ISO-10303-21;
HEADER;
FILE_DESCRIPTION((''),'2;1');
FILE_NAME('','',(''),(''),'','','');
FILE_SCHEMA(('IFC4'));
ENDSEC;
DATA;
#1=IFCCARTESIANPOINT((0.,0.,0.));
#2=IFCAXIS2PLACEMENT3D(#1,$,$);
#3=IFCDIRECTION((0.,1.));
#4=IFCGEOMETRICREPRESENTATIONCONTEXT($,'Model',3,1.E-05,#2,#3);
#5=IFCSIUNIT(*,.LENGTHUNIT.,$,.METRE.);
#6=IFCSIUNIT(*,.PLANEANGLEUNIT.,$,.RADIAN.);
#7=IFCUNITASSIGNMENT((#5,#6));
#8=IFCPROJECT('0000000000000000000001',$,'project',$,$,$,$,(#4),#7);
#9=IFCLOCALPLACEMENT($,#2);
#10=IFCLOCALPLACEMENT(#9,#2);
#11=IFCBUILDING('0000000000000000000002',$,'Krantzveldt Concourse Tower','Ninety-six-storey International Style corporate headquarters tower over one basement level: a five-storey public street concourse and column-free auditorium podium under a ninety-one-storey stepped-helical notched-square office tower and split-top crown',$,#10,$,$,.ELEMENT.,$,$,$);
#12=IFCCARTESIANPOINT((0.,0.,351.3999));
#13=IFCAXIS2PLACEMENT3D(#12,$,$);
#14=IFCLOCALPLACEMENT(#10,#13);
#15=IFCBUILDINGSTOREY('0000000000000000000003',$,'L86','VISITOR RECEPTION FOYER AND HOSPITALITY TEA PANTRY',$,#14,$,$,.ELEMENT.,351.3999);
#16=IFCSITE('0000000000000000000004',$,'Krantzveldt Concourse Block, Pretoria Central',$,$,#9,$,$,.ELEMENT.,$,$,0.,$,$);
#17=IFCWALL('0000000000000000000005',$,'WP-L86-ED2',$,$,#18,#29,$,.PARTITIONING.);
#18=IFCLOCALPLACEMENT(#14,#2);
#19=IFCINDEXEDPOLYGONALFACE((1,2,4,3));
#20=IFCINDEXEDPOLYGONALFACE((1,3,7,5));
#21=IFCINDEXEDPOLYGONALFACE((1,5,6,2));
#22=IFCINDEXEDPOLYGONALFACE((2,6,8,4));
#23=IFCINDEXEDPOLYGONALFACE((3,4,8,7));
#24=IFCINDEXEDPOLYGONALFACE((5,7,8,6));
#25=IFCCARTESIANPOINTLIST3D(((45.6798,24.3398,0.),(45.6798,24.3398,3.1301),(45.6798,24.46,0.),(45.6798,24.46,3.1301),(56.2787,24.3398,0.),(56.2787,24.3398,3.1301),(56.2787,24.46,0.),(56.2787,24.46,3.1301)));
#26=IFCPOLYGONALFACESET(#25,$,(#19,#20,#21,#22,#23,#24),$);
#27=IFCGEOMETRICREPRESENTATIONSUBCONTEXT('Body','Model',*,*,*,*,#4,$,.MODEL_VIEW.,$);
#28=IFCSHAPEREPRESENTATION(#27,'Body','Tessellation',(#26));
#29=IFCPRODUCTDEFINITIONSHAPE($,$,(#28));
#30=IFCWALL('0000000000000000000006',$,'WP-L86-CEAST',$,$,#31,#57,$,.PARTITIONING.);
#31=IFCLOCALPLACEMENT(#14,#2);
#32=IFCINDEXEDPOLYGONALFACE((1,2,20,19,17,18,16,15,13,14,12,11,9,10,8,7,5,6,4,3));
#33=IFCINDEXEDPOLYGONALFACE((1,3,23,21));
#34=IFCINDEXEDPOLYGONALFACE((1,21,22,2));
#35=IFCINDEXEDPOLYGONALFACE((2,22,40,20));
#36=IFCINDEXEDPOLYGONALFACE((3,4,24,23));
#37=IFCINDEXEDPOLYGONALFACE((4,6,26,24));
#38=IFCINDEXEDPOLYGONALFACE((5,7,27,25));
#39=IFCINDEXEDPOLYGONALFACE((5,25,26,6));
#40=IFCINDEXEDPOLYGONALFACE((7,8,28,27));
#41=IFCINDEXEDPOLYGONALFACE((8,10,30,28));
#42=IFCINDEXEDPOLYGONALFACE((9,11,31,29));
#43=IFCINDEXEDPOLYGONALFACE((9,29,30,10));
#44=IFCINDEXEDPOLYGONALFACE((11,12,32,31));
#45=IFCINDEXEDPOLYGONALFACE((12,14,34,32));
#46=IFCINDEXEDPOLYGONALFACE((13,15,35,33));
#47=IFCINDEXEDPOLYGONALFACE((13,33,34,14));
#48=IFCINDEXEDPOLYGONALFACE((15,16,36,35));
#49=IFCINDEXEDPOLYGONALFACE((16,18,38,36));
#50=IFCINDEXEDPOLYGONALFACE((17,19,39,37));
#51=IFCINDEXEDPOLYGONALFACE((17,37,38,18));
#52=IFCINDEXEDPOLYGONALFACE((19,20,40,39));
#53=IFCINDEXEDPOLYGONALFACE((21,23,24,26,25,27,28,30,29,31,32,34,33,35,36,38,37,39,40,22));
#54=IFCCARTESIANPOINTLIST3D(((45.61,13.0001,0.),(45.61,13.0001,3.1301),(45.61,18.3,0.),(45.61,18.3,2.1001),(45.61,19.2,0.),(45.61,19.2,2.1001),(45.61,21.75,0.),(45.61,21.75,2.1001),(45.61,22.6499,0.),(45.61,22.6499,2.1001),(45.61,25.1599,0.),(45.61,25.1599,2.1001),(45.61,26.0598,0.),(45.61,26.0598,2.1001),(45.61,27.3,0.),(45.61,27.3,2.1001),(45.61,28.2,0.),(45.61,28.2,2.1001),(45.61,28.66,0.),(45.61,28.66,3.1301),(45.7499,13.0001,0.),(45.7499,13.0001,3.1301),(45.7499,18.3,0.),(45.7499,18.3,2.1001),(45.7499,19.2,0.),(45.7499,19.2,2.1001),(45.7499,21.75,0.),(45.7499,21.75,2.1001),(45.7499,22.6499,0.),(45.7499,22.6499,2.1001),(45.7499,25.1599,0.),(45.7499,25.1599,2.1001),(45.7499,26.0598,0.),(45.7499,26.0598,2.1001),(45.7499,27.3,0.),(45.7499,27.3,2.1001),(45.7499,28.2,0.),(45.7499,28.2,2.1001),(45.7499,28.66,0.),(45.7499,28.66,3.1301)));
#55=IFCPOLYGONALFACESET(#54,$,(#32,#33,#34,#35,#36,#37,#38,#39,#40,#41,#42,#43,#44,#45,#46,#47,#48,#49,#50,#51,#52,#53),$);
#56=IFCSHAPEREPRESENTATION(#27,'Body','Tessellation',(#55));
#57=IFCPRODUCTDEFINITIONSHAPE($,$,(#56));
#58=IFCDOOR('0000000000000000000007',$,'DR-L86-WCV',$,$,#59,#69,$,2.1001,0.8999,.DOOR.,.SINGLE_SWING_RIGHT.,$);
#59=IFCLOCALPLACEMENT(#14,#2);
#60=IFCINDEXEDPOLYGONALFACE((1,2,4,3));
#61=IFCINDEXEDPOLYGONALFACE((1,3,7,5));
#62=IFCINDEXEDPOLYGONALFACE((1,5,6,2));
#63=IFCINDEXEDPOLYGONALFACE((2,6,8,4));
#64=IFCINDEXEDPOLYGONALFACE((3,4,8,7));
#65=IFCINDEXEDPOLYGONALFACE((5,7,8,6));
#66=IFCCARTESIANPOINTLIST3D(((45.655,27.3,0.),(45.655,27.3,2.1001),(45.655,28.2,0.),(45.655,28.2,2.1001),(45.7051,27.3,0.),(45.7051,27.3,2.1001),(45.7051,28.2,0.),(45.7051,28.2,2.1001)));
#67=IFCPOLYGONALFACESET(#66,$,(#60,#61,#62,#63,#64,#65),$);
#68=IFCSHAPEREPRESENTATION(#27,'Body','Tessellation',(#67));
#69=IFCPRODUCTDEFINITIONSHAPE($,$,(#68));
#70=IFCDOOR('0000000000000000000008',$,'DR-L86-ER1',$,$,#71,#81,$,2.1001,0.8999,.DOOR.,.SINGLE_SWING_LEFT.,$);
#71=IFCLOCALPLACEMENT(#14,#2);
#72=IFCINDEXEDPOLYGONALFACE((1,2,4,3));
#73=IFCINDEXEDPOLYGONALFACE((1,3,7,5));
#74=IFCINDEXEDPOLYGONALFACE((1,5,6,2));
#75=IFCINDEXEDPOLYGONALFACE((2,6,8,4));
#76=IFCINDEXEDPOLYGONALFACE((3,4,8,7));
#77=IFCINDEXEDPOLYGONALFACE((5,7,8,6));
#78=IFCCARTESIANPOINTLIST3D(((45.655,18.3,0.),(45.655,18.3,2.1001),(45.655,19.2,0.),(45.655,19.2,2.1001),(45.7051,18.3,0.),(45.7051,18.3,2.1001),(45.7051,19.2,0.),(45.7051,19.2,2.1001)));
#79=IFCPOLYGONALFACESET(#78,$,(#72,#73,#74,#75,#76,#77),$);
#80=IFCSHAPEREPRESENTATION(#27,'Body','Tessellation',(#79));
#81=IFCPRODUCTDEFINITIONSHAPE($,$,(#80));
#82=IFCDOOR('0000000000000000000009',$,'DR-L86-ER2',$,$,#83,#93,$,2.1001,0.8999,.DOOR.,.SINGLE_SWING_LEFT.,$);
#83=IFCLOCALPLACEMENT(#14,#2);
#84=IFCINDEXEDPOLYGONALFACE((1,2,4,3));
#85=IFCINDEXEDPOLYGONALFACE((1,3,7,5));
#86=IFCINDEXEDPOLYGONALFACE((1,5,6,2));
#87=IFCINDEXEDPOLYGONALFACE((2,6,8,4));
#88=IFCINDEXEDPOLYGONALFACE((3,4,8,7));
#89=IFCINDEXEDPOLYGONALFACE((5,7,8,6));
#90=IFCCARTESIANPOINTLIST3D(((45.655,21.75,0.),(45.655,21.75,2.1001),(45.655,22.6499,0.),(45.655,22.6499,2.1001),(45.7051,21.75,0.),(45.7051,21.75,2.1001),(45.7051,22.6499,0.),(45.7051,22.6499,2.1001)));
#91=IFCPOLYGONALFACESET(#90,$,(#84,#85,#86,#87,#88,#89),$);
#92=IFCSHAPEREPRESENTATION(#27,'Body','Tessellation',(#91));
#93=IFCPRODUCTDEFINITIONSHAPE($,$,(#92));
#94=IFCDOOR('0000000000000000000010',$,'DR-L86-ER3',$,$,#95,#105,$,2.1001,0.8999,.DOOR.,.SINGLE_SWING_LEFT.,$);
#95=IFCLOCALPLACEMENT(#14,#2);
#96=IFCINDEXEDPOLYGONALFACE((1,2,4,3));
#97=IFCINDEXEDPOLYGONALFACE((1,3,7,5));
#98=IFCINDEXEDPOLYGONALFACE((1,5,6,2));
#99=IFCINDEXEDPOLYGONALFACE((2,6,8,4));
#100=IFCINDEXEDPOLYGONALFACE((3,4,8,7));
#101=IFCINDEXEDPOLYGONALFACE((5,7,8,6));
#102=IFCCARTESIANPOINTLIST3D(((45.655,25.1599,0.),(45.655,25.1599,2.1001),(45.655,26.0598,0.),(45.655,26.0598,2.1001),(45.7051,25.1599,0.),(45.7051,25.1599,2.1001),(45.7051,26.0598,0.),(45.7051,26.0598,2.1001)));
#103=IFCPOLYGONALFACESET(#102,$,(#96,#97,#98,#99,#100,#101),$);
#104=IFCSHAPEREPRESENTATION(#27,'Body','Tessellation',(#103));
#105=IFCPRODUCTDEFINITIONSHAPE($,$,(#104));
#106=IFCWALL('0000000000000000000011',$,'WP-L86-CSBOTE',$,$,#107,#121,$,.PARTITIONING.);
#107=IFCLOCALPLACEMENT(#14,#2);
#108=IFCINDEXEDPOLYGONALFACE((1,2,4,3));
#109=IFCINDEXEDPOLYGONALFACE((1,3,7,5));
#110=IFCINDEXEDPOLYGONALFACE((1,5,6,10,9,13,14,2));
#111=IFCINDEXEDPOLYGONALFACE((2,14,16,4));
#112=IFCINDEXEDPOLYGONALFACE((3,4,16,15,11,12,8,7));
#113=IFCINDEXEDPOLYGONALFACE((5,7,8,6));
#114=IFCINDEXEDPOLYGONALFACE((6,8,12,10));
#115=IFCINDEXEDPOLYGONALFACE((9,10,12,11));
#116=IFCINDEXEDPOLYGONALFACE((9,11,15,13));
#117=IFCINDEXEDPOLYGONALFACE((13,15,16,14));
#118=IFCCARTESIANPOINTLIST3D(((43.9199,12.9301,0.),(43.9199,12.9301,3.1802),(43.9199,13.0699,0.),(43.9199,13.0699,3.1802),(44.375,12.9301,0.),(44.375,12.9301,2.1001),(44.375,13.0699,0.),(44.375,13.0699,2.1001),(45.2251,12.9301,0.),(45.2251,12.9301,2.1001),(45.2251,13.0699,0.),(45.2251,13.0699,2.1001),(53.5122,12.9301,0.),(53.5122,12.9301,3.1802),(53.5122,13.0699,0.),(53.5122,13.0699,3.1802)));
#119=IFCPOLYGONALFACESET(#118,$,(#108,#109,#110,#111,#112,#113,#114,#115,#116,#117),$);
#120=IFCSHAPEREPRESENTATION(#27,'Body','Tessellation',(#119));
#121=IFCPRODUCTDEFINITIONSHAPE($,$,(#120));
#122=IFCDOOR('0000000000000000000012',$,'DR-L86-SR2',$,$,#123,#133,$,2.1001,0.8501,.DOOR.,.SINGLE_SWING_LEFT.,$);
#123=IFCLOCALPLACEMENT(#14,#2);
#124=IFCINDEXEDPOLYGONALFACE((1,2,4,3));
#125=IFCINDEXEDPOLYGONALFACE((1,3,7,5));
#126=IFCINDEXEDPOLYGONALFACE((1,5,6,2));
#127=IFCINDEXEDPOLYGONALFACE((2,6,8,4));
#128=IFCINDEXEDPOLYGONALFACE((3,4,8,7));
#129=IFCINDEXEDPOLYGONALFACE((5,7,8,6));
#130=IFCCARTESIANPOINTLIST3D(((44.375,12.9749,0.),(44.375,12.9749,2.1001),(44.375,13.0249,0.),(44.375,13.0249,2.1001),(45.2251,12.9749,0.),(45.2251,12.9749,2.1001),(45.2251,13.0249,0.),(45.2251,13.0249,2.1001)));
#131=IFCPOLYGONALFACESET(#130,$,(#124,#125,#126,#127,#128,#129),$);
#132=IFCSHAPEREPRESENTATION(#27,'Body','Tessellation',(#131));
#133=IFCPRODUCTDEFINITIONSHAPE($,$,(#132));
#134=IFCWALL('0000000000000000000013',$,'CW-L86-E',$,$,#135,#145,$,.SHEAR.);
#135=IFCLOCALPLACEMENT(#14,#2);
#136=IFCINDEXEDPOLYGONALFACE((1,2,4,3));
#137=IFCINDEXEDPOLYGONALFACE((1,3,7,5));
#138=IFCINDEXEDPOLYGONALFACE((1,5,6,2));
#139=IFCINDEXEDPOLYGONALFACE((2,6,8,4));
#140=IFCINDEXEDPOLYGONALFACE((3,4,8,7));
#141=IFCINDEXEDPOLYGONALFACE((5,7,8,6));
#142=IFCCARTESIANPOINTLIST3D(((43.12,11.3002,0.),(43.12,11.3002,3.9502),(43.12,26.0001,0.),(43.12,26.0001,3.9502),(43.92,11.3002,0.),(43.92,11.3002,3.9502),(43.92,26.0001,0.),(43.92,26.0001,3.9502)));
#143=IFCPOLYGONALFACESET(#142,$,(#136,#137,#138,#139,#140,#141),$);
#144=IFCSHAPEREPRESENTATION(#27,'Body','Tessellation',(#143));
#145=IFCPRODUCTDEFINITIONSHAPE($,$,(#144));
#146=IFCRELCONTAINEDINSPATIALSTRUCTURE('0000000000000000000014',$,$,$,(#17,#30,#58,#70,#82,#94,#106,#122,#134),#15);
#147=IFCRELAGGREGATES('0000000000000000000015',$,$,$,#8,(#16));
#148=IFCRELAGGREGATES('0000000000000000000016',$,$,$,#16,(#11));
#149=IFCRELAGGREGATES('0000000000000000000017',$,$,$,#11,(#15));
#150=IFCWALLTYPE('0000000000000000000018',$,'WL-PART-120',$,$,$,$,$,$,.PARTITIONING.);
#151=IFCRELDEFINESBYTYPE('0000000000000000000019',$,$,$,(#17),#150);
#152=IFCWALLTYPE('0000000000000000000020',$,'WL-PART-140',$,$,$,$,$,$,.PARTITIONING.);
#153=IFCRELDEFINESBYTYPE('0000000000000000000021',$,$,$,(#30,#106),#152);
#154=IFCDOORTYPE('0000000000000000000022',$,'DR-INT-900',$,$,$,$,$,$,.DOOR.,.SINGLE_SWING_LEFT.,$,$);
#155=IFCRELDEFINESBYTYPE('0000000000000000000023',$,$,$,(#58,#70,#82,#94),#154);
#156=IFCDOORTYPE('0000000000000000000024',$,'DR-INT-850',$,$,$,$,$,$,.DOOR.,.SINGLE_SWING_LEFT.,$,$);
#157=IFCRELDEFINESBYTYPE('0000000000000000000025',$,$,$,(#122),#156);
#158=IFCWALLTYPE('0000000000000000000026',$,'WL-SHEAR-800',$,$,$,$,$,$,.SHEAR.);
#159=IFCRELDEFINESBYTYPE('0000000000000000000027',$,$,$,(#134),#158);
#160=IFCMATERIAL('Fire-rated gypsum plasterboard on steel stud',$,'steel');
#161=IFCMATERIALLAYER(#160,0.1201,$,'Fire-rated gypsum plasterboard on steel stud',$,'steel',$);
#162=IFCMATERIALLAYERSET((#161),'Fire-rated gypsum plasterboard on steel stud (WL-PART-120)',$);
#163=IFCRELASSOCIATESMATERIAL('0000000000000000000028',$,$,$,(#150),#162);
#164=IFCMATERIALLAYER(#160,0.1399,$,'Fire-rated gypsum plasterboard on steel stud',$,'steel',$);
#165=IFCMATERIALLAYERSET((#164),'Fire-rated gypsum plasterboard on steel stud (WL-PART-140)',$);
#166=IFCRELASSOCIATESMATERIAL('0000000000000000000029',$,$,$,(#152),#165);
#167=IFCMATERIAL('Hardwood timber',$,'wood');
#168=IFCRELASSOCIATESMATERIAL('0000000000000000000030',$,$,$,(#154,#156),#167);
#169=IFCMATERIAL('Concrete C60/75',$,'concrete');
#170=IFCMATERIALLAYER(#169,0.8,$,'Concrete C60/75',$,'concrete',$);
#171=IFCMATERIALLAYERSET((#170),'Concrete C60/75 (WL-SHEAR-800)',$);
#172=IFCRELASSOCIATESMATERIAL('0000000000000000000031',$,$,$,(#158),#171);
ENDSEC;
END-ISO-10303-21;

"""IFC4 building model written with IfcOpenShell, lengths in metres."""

from ifc_helpers import new_model, si_unit, direction, frame, frame_2d, origin, place, context, subcontext, project, spatial, rectangle, extrude, material, layer, layer_set, type_object, element, fill, save


model = new_model("IFC4")

# Units and contexts
model_context = context("Model", 3, precision=1e-05, world=origin(), true_north=direction((0.0, 1.0)))
body_context = subcontext(model_context, "Body", "Model", "MODEL_VIEW")
ifc_project = project(units=[si_unit("LENGTHUNIT", "METRE"), si_unit("PLANEANGLEUNIT", "RADIAN")], contexts=[model_context])

# Site, building, storey
site_placement = place(None, origin())
site = spatial("IfcSite", under=ifc_project, at=site_placement, Name="Krantzveldt Concourse Block, Pretoria Central", CompositionType="ELEMENT", RefElevation=0.0)
building_placement = place(site_placement, origin())
building = spatial("IfcBuilding", under=site, at=building_placement, Name="Krantzveldt Concourse Tower", Description="Ninety-six-storey International Style corporate headquarters tower over one basement level: a five-storey public street concourse and column-free auditorium podium under a ninety-one-storey stepped-helical notched-square office tower and split-top crown", CompositionType="ELEMENT")
storey_placement = place(building_placement, frame((0.0, 0.0, 351.3999)))
storey = spatial("IfcBuildingStorey", under=building, at=storey_placement, Name="L86", Description="VISITOR RECEPTION FOYER AND HOSPITALITY TEA PANTRY", CompositionType="ELEMENT", Elevation=351.3999)

# Wall
ifc_material_1 = material(Name="Fire-rated gypsum plasterboard on steel stud", Category="steel")
ifc_layer_1 = layer(ifc_material_1, 0.1201, Name="Fire-rated gypsum plasterboard on steel stud", Category="steel")
ifc_layer_set_1 = layer_set([ifc_layer_1], Name="Fire-rated gypsum plasterboard on steel stud (WL-PART-120)")
wall_type_1 = type_object("IfcWallType", Name="WL-PART-120", PredefinedType="PARTITIONING", material=ifc_layer_set_1)
wall_1_placement = place(storey_placement, frame((45.6799, 24.3999, 0.0), z_axis=(0.0, 0.0, 1.0), x_axis=(1.0, 0.0, 0.0)))
element("IfcWall", 1, at=wall_1_placement, inside=storey, type_object=wall_type_1, Name="WP-L86-ED2", PredefinedType="PARTITIONING", context=body_context, shape_type="SweptSolid", body=[
    extrude(rectangle(XDim=10.5989, YDim=0.1201, at=frame_2d((5.2993, 0.0))), origin(), (0.0, 0.0, 1.0), 3.1301),
])

# Wall, openings, doors
ifc_layer_2 = layer(ifc_material_1, 0.1399, Name="Fire-rated gypsum plasterboard on steel stud", Category="steel")
ifc_layer_set_2 = layer_set([ifc_layer_2], Name="Fire-rated gypsum plasterboard on steel stud (WL-PART-140)")
wall_type_2 = type_object("IfcWallType", Name="WL-PART-140", PredefinedType="PARTITIONING", material=ifc_layer_set_2)
wall_2_placement = place(storey_placement, frame((45.6799, 13.0, 0.0), z_axis=(0.0, 0.0, 1.0), x_axis=(0.0, 1.0, 0.0)))
wall_2 = element("IfcWall", 2, at=wall_2_placement, inside=storey, type_object=wall_type_2, Name="WP-L86-CEAST", PredefinedType="PARTITIONING", context=body_context, shape_type="SweptSolid", body=[
    extrude(rectangle(XDim=15.6599, YDim=0.1399, at=frame_2d((7.8301, 0.0))), origin(), (0.0, 0.0, 1.0), 3.1301),
])
opening_1_placement = place(wall_2_placement, frame((14.3, 0.0, 0.0)))
opening_1 = element("IfcOpeningElement", 3, at=opening_1_placement, cuts=wall_2, PredefinedType="OPENING", context=body_context, shape_type="SweptSolid", body=[
    extrude(rectangle(XDim=0.8999, YDim=2.1001, at=frame_2d((0.45, 1.05))), frame((0.0, 0.0801, 0.0), z_axis=(0.0, -1.0, 0.0), x_axis=(1.0, 0.0, 0.0)), (0.0, 0.0, 1.0), 0.1599),
])
opening_2_placement = place(wall_2_placement, frame((5.3, 0.0, 0.0)))
opening_2 = element("IfcOpeningElement", 4, at=opening_2_placement, cuts=wall_2, PredefinedType="OPENING", context=body_context, shape_type="SweptSolid", body=[
    extrude(rectangle(XDim=0.8999, YDim=2.1001, at=frame_2d((0.45, 1.05))), frame((0.0, 0.0801, 0.0), z_axis=(0.0, -1.0, 0.0), x_axis=(1.0, 0.0, 0.0)), (0.0, 0.0, 1.0), 0.1599),
])
opening_3_placement = place(wall_2_placement, frame((8.75, 0.0, 0.0)))
opening_3 = element("IfcOpeningElement", 5, at=opening_3_placement, cuts=wall_2, PredefinedType="OPENING", context=body_context, shape_type="SweptSolid", body=[
    extrude(rectangle(XDim=0.8999, YDim=2.1001, at=frame_2d((0.45, 1.05))), frame((0.0, 0.0801, 0.0), z_axis=(0.0, -1.0, 0.0), x_axis=(1.0, 0.0, 0.0)), (0.0, 0.0, 1.0), 0.1599),
])
opening_4_placement = place(wall_2_placement, frame((12.1599, 0.0, 0.0)))
opening_4 = element("IfcOpeningElement", 6, at=opening_4_placement, cuts=wall_2, PredefinedType="OPENING", context=body_context, shape_type="SweptSolid", body=[
    extrude(rectangle(XDim=0.8999, YDim=2.1001, at=frame_2d((0.45, 1.05))), frame((0.0, 0.0801, 0.0), z_axis=(0.0, -1.0, 0.0), x_axis=(1.0, 0.0, 0.0)), (0.0, 0.0, 1.0), 0.1599),
])
ifc_material_2 = material(Name="Hardwood timber", Category="wood")
door_type_1 = type_object("IfcDoorType", Name="DR-INT-900", OperationType="SINGLE_SWING_LEFT", PredefinedType="DOOR", material=ifc_material_2)
door_1_placement = place(opening_1_placement, origin())
door_1 = element("IfcDoor", 7, at=door_1_placement, inside=storey, type_object=door_type_1, Name="DR-L86-WCV", OperationType="SINGLE_SWING_RIGHT", OverallHeight=2.1001, OverallWidth=0.8999, PredefinedType="DOOR", context=body_context, shape_type="SweptSolid", body=[
    extrude(rectangle(XDim=0.8999, YDim=2.1001, at=frame_2d((0.45, 1.05))), frame((0.0, 0.0249, 0.0), z_axis=(0.0, -1.0, 0.0), x_axis=(1.0, 0.0, 0.0)), (0.0, 0.0, 1.0), 0.05),
])
fill(opening_1, door_1)
door_2_placement = place(opening_2_placement, origin())
door_2 = element("IfcDoor", 8, at=door_2_placement, inside=storey, type_object=door_type_1, Name="DR-L86-ER1", OperationType="SINGLE_SWING_LEFT", OverallHeight=2.1001, OverallWidth=0.8999, PredefinedType="DOOR", context=body_context, shape_type="SweptSolid", body=[
    extrude(rectangle(XDim=0.8999, YDim=2.1001, at=frame_2d((0.45, 1.05))), frame((0.0, 0.0249, 0.0), z_axis=(0.0, -1.0, 0.0), x_axis=(1.0, 0.0, 0.0)), (0.0, 0.0, 1.0), 0.05),
])
fill(opening_2, door_2)
door_3_placement = place(opening_3_placement, origin())
door_3 = element("IfcDoor", 9, at=door_3_placement, inside=storey, type_object=door_type_1, Name="DR-L86-ER2", OperationType="SINGLE_SWING_LEFT", OverallHeight=2.1001, OverallWidth=0.8999, PredefinedType="DOOR", context=body_context, shape_type="SweptSolid", body=[
    extrude(rectangle(XDim=0.8999, YDim=2.1001, at=frame_2d((0.45, 1.05))), frame((0.0, 0.0249, 0.0), z_axis=(0.0, -1.0, 0.0), x_axis=(1.0, 0.0, 0.0)), (0.0, 0.0, 1.0), 0.05),
])
fill(opening_3, door_3)
door_4_placement = place(opening_4_placement, origin())
door_4 = element("IfcDoor", 10, at=door_4_placement, inside=storey, type_object=door_type_1, Name="DR-L86-ER3", OperationType="SINGLE_SWING_LEFT", OverallHeight=2.1001, OverallWidth=0.8999, PredefinedType="DOOR", context=body_context, shape_type="SweptSolid", body=[
    extrude(rectangle(XDim=0.8999, YDim=2.1001, at=frame_2d((0.45, 1.05))), frame((0.0, 0.0249, 0.0), z_axis=(0.0, -1.0, 0.0), x_axis=(1.0, 0.0, 0.0)), (0.0, 0.0, 1.0), 0.05),
])
fill(opening_4, door_4)

# Wall, opening, door
wall_3_placement = place(storey_placement, frame((43.9199, 13.0, 0.0), z_axis=(0.0, 0.0, 1.0), x_axis=(1.0, 0.0, 0.0)))
wall_3 = element("IfcWall", 11, at=wall_3_placement, inside=storey, type_object=wall_type_2, Name="WP-L86-CSBOTE", PredefinedType="PARTITIONING", context=body_context, shape_type="SweptSolid", body=[
    extrude(rectangle(XDim=9.5923, YDim=0.1399, at=frame_2d((4.7961, 0.0))), origin(), (0.0, 0.0, 1.0), 3.1802),
])
opening_5_placement = place(wall_3_placement, frame((0.4551, 0.0, 0.0)))
opening_5 = element("IfcOpeningElement", 12, at=opening_5_placement, cuts=wall_3, PredefinedType="OPENING", context=body_context, shape_type="SweptSolid", body=[
    extrude(rectangle(XDim=0.8501, YDim=2.1001, at=frame_2d((0.425, 1.05))), frame((0.0, 0.0801, 0.0), z_axis=(0.0, -1.0, 0.0), x_axis=(1.0, 0.0, 0.0)), (0.0, 0.0, 1.0), 0.1599),
])
door_type_2 = type_object("IfcDoorType", Name="DR-INT-850", OperationType="SINGLE_SWING_LEFT", PredefinedType="DOOR", material=ifc_material_2)
door_5_placement = place(opening_5_placement, origin())
door_5 = element("IfcDoor", 13, at=door_5_placement, inside=storey, type_object=door_type_2, Name="DR-L86-SR2", OperationType="SINGLE_SWING_LEFT", OverallHeight=2.1001, OverallWidth=0.8501, PredefinedType="DOOR", context=body_context, shape_type="SweptSolid", body=[
    extrude(rectangle(XDim=0.8501, YDim=2.1001, at=frame_2d((0.425, 1.05))), frame((0.0, 0.0249, 0.0), z_axis=(0.0, -1.0, 0.0), x_axis=(1.0, 0.0, 0.0)), (0.0, 0.0, 1.0), 0.05),
])
fill(opening_5, door_5)

# Wall
ifc_material_3 = material(Name="Concrete C60/75", Category="concrete")
ifc_layer_3 = layer(ifc_material_3, 0.8, Name="Concrete C60/75", Category="concrete")
ifc_layer_set_3 = layer_set([ifc_layer_3], Name="Concrete C60/75 (WL-SHEAR-800)")
wall_type_3 = type_object("IfcWallType", Name="WL-SHEAR-800", PredefinedType="SHEAR", material=ifc_layer_set_3)
wall_4_placement = place(storey_placement, frame((43.52, 11.3, 0.0), z_axis=(0.0, 0.0, 1.0), x_axis=(0.0, 1.0, 0.0)))
element("IfcWall", 14, at=wall_4_placement, inside=storey, type_object=wall_type_3, Name="CW-L86-E", PredefinedType="SHEAR", context=body_context, shape_type="SweptSolid", body=[
    extrude(rectangle(XDim=14.7, YDim=0.8, at=frame_2d((7.3501, 0.0))), origin(), (0.0, 0.0, 1.0), 3.9502),
])

save(model, "model.ifc")
